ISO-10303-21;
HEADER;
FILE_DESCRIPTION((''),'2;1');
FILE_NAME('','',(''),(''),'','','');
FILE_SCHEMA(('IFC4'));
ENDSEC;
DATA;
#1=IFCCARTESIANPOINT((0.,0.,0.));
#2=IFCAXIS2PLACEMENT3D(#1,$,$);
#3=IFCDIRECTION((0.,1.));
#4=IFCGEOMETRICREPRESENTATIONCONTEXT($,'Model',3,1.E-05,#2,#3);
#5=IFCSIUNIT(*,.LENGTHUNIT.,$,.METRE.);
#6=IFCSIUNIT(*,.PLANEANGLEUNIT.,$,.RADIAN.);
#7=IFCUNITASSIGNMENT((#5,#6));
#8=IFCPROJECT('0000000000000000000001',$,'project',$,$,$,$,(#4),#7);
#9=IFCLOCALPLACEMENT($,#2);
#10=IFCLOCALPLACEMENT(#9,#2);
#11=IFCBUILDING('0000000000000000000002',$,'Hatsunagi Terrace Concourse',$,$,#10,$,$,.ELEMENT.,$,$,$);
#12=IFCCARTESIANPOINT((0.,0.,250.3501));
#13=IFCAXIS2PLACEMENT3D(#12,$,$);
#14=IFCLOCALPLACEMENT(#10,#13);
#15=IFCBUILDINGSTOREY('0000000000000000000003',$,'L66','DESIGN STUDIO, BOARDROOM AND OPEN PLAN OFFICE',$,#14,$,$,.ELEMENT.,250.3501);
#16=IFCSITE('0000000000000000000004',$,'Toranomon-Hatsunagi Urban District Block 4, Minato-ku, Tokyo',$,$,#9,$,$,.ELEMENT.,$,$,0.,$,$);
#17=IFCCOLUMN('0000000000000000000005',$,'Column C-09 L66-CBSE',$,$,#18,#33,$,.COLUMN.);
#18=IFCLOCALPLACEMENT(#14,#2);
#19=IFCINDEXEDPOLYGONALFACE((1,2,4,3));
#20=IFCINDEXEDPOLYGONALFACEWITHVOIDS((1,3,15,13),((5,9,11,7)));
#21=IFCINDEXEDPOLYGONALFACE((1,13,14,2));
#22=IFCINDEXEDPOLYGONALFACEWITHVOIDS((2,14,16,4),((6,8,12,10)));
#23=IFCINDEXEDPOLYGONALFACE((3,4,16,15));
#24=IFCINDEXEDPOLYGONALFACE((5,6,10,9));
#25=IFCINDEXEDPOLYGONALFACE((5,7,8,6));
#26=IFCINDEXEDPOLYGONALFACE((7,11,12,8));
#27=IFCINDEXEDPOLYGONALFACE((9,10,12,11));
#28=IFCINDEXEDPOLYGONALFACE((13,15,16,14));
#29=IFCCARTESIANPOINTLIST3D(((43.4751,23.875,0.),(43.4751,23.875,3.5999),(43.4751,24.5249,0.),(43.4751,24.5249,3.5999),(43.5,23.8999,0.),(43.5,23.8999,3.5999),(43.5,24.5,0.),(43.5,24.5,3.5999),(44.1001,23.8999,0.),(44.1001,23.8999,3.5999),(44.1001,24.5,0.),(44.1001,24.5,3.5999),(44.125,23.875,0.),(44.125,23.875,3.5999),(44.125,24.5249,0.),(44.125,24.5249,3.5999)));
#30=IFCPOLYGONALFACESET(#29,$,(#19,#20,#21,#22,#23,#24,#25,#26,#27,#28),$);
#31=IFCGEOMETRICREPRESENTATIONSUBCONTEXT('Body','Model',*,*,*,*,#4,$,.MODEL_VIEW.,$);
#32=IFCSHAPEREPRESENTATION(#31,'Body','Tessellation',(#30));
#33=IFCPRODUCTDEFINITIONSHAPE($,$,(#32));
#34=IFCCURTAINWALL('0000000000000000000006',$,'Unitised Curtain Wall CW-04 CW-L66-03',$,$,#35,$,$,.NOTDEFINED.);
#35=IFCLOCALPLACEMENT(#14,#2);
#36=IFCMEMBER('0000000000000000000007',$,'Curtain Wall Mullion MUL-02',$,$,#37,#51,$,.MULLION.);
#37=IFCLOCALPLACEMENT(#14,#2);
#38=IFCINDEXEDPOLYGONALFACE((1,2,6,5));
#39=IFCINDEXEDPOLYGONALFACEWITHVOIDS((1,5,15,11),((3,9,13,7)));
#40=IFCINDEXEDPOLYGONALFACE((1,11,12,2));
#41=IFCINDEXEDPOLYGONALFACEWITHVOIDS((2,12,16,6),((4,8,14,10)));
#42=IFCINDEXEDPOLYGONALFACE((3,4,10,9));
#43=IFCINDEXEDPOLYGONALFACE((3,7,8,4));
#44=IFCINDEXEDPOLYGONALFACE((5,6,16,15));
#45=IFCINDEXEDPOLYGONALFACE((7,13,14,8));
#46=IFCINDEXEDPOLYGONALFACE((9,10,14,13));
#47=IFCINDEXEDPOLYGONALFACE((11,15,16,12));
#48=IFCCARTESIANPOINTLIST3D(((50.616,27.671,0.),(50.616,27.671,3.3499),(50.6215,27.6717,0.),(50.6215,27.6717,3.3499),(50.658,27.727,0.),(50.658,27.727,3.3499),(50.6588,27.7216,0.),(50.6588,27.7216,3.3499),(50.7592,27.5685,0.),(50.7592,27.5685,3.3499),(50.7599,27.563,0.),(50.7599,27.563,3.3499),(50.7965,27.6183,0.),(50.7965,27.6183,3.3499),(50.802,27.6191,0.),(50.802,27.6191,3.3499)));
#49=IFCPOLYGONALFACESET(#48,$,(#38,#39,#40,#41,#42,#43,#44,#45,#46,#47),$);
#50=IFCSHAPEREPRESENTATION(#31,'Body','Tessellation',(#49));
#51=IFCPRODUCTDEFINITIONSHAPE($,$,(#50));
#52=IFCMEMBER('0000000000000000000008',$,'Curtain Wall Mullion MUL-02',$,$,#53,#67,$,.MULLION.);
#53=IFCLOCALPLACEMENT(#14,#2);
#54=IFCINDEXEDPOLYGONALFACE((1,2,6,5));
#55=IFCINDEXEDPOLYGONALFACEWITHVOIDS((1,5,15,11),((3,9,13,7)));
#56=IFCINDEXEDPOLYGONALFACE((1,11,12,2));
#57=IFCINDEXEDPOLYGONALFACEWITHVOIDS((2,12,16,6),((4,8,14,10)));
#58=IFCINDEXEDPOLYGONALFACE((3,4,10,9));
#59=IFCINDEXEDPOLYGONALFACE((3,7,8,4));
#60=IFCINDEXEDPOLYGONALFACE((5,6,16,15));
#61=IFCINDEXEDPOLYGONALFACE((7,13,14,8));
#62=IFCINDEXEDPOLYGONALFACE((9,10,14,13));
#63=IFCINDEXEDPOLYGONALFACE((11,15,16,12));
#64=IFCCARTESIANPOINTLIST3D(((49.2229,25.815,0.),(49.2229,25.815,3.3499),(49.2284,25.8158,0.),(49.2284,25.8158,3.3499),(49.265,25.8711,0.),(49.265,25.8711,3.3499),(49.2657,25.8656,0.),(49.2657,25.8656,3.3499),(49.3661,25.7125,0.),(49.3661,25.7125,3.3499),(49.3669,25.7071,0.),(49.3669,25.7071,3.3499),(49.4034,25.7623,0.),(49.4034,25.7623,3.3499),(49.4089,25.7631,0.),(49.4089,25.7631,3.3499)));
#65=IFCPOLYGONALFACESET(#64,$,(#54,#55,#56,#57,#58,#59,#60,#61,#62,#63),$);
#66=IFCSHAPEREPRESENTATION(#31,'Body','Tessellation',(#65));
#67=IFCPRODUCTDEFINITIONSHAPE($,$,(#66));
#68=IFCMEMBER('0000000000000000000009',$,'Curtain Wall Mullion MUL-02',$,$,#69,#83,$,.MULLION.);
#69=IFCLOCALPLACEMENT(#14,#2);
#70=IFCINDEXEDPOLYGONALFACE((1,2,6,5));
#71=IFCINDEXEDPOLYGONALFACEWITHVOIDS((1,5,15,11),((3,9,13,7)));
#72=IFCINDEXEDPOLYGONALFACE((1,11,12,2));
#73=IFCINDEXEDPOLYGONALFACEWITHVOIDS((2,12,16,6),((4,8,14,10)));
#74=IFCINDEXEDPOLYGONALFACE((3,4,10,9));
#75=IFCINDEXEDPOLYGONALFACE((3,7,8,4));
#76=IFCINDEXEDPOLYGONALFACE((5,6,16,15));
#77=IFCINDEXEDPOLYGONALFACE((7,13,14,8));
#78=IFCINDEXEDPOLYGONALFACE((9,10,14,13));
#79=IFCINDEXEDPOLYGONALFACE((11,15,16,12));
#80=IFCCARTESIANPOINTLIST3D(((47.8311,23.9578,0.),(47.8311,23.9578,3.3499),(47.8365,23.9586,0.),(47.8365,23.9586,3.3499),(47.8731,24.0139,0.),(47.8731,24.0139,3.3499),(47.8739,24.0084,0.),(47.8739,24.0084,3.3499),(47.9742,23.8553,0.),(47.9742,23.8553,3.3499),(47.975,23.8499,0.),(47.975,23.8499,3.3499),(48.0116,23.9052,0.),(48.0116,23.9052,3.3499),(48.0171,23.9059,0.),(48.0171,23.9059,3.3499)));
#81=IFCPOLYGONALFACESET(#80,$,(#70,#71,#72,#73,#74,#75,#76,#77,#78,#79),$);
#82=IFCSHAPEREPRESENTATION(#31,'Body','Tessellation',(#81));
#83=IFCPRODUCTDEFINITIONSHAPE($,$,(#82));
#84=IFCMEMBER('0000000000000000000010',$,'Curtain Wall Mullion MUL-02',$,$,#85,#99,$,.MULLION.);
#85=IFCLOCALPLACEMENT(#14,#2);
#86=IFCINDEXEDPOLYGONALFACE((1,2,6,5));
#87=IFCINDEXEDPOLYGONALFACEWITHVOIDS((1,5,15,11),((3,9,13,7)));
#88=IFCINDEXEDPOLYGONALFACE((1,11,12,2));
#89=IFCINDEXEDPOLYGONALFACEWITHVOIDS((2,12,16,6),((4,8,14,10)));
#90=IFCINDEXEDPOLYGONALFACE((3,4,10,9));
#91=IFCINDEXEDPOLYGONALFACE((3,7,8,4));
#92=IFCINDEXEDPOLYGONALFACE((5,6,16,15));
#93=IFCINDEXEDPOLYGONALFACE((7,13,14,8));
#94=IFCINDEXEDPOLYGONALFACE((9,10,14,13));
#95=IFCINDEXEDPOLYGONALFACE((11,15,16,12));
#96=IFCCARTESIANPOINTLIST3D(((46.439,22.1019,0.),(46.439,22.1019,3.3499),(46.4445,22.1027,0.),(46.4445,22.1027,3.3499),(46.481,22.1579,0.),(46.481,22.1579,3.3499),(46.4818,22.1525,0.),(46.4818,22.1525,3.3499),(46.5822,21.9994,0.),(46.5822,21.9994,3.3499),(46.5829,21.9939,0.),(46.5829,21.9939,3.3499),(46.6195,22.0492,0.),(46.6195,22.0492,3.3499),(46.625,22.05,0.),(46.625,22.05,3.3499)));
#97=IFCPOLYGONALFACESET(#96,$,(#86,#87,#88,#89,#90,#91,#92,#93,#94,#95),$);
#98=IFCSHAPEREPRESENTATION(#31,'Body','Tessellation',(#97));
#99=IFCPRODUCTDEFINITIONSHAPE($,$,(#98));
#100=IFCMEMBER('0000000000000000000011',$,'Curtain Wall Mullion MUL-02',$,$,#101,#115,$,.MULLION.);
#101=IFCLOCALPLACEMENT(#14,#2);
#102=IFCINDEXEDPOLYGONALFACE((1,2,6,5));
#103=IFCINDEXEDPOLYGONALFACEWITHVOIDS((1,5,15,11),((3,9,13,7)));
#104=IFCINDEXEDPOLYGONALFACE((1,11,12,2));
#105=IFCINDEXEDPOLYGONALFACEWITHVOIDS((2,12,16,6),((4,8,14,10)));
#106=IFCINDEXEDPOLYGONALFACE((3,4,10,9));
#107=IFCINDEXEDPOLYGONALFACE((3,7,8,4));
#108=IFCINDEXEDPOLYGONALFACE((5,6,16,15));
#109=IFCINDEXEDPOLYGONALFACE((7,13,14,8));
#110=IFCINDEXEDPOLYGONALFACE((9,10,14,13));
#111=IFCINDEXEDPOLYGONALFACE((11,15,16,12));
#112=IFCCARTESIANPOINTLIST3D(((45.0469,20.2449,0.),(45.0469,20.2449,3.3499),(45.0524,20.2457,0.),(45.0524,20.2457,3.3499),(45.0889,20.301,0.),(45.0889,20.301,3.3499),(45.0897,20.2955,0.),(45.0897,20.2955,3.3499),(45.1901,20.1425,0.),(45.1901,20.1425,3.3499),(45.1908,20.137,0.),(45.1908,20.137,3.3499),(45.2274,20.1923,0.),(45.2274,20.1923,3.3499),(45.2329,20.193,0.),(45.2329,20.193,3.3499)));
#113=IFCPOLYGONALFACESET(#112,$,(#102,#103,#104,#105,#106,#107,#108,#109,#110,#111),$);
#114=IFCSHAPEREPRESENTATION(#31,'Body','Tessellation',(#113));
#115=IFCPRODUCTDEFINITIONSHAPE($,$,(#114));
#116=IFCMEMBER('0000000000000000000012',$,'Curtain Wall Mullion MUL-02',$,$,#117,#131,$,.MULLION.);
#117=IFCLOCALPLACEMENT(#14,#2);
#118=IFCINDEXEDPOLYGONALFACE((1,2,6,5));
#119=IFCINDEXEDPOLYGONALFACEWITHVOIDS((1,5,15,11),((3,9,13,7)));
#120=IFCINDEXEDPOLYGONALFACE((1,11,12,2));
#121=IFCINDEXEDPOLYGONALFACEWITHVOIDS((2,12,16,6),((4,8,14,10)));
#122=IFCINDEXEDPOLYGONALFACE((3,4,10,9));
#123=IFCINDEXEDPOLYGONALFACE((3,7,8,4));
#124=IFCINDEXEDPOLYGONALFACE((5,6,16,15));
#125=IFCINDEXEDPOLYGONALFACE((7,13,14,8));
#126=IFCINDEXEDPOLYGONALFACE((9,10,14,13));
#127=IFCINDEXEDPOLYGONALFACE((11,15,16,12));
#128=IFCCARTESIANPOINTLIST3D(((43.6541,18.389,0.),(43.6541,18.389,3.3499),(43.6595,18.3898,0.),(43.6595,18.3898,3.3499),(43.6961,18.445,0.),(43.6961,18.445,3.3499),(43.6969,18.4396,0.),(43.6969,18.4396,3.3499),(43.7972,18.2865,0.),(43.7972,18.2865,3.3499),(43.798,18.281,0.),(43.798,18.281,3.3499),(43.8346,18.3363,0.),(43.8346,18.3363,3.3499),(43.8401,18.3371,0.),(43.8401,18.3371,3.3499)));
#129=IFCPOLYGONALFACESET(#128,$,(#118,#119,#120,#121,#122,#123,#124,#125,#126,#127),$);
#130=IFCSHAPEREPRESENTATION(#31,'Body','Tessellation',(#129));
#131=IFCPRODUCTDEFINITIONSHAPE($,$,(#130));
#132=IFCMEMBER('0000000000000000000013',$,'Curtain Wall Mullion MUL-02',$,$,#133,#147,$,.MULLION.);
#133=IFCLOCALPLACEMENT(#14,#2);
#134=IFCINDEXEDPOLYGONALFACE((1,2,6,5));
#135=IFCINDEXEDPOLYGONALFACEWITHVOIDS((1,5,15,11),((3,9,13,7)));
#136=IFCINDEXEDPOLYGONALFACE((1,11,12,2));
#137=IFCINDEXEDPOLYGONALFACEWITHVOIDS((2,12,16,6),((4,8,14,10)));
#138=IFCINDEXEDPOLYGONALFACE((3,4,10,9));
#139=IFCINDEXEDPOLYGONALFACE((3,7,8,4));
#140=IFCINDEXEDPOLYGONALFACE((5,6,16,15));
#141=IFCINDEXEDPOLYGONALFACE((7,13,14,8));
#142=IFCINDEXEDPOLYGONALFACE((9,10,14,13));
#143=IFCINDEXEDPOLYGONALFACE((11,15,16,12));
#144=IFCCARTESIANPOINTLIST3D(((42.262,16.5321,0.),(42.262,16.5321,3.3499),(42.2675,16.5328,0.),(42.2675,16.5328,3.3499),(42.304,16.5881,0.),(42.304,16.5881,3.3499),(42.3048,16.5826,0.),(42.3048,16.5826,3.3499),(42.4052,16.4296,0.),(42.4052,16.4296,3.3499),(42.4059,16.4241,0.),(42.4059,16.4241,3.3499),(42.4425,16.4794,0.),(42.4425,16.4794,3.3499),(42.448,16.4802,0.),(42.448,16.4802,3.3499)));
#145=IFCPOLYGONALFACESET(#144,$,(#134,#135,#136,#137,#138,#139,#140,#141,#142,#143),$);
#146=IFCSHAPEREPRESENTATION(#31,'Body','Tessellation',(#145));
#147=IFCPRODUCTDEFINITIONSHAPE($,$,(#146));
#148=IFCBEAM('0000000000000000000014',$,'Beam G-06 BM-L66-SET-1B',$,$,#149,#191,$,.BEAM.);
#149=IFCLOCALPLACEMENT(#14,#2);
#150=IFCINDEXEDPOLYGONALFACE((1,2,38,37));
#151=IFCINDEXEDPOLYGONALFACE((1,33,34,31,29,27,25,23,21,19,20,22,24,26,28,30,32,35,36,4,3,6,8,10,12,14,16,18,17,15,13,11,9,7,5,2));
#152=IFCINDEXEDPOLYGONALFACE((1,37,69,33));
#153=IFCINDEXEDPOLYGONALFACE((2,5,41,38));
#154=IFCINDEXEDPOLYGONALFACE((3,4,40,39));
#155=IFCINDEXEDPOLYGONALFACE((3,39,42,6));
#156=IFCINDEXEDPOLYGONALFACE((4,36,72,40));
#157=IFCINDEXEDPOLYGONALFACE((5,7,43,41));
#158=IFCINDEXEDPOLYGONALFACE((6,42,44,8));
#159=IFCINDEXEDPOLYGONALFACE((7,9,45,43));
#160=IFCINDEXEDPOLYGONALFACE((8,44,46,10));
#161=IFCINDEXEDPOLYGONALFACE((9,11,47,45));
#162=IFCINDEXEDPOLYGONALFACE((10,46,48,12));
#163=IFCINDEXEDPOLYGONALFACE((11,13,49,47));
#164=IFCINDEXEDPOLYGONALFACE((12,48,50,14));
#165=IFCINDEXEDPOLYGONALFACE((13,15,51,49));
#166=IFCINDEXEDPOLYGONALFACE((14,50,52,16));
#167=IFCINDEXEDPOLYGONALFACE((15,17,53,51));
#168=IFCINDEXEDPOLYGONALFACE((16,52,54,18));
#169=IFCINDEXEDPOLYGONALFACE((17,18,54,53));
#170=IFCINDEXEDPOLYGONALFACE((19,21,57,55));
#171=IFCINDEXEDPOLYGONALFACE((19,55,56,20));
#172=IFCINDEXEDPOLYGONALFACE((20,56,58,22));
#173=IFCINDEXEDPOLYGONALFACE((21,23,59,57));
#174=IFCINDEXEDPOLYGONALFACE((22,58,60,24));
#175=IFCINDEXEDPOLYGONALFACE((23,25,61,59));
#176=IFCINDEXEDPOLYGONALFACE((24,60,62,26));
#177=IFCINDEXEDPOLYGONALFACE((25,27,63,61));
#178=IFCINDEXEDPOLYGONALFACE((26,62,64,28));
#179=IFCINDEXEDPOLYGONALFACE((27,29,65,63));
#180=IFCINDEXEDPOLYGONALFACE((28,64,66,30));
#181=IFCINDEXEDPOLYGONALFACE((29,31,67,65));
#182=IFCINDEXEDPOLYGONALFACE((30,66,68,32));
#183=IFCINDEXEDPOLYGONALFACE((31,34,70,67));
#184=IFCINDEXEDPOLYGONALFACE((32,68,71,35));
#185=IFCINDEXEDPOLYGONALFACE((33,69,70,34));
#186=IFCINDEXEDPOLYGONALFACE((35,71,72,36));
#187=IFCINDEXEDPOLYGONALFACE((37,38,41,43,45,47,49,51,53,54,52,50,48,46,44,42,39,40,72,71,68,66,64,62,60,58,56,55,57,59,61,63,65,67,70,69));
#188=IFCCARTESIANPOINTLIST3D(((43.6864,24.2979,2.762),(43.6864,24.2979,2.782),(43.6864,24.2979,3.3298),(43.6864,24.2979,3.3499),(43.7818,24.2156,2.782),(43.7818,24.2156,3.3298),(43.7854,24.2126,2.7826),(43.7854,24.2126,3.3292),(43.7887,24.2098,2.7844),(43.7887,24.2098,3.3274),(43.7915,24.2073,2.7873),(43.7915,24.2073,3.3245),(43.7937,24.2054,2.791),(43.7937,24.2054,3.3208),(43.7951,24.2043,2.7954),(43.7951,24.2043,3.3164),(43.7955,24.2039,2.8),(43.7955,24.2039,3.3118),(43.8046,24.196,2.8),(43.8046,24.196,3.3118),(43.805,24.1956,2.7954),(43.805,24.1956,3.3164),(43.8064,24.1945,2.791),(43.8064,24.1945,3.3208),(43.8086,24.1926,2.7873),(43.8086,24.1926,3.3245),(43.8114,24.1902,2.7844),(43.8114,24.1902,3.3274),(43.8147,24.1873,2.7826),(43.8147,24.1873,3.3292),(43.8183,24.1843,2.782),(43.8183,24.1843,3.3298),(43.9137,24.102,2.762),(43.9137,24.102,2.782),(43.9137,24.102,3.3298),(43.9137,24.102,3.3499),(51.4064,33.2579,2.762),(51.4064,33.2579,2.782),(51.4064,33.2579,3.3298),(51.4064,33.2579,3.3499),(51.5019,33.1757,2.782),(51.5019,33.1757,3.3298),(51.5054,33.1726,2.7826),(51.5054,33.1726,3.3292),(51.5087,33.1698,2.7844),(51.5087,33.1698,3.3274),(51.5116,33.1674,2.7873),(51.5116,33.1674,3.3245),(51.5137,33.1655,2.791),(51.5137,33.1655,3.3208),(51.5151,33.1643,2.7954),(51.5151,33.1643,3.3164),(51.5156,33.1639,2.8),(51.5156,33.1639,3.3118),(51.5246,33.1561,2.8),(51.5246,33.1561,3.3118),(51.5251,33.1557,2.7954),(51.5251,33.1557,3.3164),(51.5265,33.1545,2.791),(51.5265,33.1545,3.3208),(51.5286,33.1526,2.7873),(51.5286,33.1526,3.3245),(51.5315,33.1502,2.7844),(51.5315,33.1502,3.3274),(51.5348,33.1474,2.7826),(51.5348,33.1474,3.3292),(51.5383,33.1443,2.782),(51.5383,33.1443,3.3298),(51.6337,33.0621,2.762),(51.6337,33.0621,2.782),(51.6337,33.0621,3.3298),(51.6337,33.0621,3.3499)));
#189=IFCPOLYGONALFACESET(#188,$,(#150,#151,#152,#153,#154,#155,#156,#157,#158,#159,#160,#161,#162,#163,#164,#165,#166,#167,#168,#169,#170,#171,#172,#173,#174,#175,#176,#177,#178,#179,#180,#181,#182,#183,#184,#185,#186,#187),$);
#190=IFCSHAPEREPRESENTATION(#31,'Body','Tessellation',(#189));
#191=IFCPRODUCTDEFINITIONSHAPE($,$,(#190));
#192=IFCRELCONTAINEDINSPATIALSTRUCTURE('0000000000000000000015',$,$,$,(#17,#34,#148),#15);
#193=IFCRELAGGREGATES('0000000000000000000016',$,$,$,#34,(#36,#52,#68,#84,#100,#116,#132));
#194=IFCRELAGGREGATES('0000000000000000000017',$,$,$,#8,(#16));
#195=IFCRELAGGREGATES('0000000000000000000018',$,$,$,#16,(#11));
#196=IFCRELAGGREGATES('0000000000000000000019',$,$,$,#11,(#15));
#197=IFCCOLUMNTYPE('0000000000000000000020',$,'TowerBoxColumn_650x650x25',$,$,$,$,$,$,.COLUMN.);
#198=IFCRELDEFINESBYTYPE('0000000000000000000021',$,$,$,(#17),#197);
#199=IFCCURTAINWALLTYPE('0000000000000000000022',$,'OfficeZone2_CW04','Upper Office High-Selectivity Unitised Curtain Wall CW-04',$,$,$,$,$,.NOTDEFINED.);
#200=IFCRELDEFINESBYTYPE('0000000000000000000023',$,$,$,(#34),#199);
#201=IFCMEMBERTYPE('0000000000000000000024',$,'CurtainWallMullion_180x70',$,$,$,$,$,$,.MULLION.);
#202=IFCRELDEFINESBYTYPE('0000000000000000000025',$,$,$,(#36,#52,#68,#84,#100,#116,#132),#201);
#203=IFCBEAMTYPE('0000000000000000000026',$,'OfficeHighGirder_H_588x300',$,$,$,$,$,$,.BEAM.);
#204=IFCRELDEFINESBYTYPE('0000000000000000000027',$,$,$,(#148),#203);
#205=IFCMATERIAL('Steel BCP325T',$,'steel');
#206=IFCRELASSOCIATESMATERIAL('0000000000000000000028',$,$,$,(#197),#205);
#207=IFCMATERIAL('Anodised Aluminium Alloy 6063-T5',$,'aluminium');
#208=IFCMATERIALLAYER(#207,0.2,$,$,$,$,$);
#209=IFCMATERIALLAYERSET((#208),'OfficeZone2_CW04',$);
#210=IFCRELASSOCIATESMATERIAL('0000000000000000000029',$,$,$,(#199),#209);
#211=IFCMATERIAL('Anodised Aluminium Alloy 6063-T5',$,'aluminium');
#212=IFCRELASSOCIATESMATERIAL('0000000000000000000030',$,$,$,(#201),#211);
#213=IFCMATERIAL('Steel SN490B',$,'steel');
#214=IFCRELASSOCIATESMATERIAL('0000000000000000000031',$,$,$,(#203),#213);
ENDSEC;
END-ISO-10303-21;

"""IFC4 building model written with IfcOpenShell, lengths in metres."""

from ifc_helpers import new_model, si_unit, direction, frame, origin, origin_2d, place, context, subcontext, project, spatial, hollow_rectangle, i_section, extrude, material, layer, layer_set, material_profile, profile_set, type_object, element, aggregate, save


model = new_model("IFC4")

# Units and contexts
model_context = context("Model", 3, precision=1e-05, world=origin(), true_north=direction((0.0, 1.0)))
body_context = subcontext(model_context, "Body", "Model", "MODEL_VIEW")
ifc_project = project(units=[si_unit("LENGTHUNIT", "METRE"), si_unit("PLANEANGLEUNIT", "RADIAN")], contexts=[model_context])

# Site, building, storey
site_placement = place(None, origin())
site = spatial("IfcSite", under=ifc_project, at=site_placement, Name="Toranomon-Hatsunagi Urban District Block 4, Minato-ku, Tokyo", CompositionType="ELEMENT", RefElevation=0.0)
building_placement = place(site_placement, origin())
building = spatial("IfcBuilding", under=site, at=building_placement, Name="Hatsunagi Terrace Concourse", CompositionType="ELEMENT")
storey_placement = place(building_placement, frame((0.0, 0.0, 250.3501)))
storey = spatial("IfcBuildingStorey", under=building, at=storey_placement, Name="L66", Description="DESIGN STUDIO, BOARDROOM AND OPEN PLAN OFFICE", CompositionType="ELEMENT", Elevation=250.3501)

# Column
ifc_material_1 = material(Name="Steel BCP325T", Category="steel")
ifc_material_profile_1 = material_profile(ifc_material_1, hollow_rectangle(XDim=0.6499, YDim=0.6499, WallThickness=0.0249, at=origin_2d()), Name="BCP-650x650x25")
ifc_profile_set_1 = profile_set([ifc_material_profile_1], Name="Steel BCP325T")
column_type = type_object("IfcColumnType", Name="TowerBoxColumn_650x650x25", PredefinedType="COLUMN", material=ifc_profile_set_1)
column_placement = place(storey_placement, frame((43.8, 24.2, 0.0), z_axis=(0.0, 0.0, 1.0), x_axis=(1.0, 0.0, 0.0)))
element("IfcColumn", 1, at=column_placement, inside=storey, type_object=column_type, Name="Column C-09 L66-CBSE", PredefinedType="COLUMN", context=body_context, shape_type="SweptSolid", body=[
    extrude(hollow_rectangle(XDim=0.6499, YDim=0.6499, WallThickness=0.0249, at=origin_2d()), origin(), (0.0, 0.0, 1.0), 3.5999),
])

# Curtain wall, members
ifc_material_2 = material(Name="Anodised Aluminium Alloy 6063-T5", Category="aluminium")
ifc_layer_1 = layer(ifc_material_2, 0.2)
ifc_layer_set_1 = layer_set([ifc_layer_1], Name="OfficeZone2_CW04")
curtain_wall_type = type_object("IfcCurtainWallType", Name="OfficeZone2_CW04", Description="Upper Office High-Selectivity Unitised Curtain Wall CW-04", PredefinedType="NOTDEFINED", material=ifc_layer_set_1)
curtain_wall_placement = place(storey_placement, origin())
curtain_wall = element("IfcCurtainWall", 2, at=curtain_wall_placement, inside=storey, type_object=curtain_wall_type, Name="Unitised Curtain Wall CW-04 CW-L66-03", PredefinedType="NOTDEFINED")
ifc_material_3 = material(Name="Anodised Aluminium Alloy 6063-T5", Category="aluminium")
ifc_material_profile_2 = material_profile(ifc_material_3, hollow_rectangle(XDim=0.0701, YDim=0.1799, WallThickness=0.0039, at=origin_2d()), Name="ALU-MUL-180x70x4")
ifc_profile_set_2 = profile_set([ifc_material_profile_2], Name="Anodised Aluminium Alloy 6063-T5")
member_type = type_object("IfcMemberType", Name="CurtainWallMullion_180x70", PredefinedType="MULLION", material=ifc_profile_set_2)
member_1_placement = place(storey_placement, frame((50.709, 27.645, 0.0), z_axis=(0.0, 0.0, 1.0), x_axis=(-0.599969, -0.800023, 0.0)))
member_1 = element("IfcMember", 3, at=member_1_placement, type_object=member_type, Name="Curtain Wall Mullion MUL-02", PredefinedType="MULLION", context=body_context, shape_type="SweptSolid", body=[
    extrude(hollow_rectangle(XDim=0.0701, YDim=0.1799, WallThickness=0.0039, at=origin_2d()), origin(), (0.0, 0.0, 1.0), 3.3499),
])
member_2_placement = place(storey_placement, frame((49.3159, 25.7891, 0.0), z_axis=(0.0, 0.0, 1.0), x_axis=(-0.599969, -0.800023, 0.0)))
member_2 = element("IfcMember", 4, at=member_2_placement, type_object=member_type, Name="Curtain Wall Mullion MUL-02", PredefinedType="MULLION", context=body_context, shape_type="SweptSolid", body=[
    extrude(hollow_rectangle(XDim=0.0701, YDim=0.1799, WallThickness=0.0039, at=origin_2d()), origin(), (0.0, 0.0, 1.0), 3.3499),
])
member_3_placement = place(storey_placement, frame((47.9241, 23.9319, 0.0), z_axis=(0.0, 0.0, 1.0), x_axis=(-0.599969, -0.800023, 0.0)))
member_3 = element("IfcMember", 5, at=member_3_placement, type_object=member_type, Name="Curtain Wall Mullion MUL-02", PredefinedType="MULLION", context=body_context, shape_type="SweptSolid", body=[
    extrude(hollow_rectangle(XDim=0.0701, YDim=0.1799, WallThickness=0.0039, at=origin_2d()), origin(), (0.0, 0.0, 1.0), 3.3499),
])
member_4_placement = place(storey_placement, frame((46.532, 22.0759, 0.0), z_axis=(0.0, 0.0, 1.0), x_axis=(-0.599969, -0.800023, 0.0)))
member_4 = element("IfcMember", 6, at=member_4_placement, type_object=member_type, Name="Curtain Wall Mullion MUL-02", PredefinedType="MULLION", context=body_context, shape_type="SweptSolid", body=[
    extrude(hollow_rectangle(XDim=0.0701, YDim=0.1799, WallThickness=0.0039, at=origin_2d()), origin(), (0.0, 0.0, 1.0), 3.3499),
])
member_5_placement = place(storey_placement, frame((45.1399, 20.219, 0.0), z_axis=(0.0, 0.0, 1.0), x_axis=(-0.599969, -0.800023, 0.0)))
member_5 = element("IfcMember", 7, at=member_5_placement, type_object=member_type, Name="Curtain Wall Mullion MUL-02", PredefinedType="MULLION", context=body_context, shape_type="SweptSolid", body=[
    extrude(hollow_rectangle(XDim=0.0701, YDim=0.1799, WallThickness=0.0039, at=origin_2d()), origin(), (0.0, 0.0, 1.0), 3.3499),
])
member_6_placement = place(storey_placement, frame((43.7471, 18.363, 0.0), z_axis=(0.0, 0.0, 1.0), x_axis=(-0.599969, -0.800023, 0.0)))
member_6 = element("IfcMember", 8, at=member_6_placement, type_object=member_type, Name="Curtain Wall Mullion MUL-02", PredefinedType="MULLION", context=body_context, shape_type="SweptSolid", body=[
    extrude(hollow_rectangle(XDim=0.0701, YDim=0.1799, WallThickness=0.0039, at=origin_2d()), origin(), (0.0, 0.0, 1.0), 3.3499),
])
member_7_placement = place(storey_placement, frame((42.355, 16.5061, 0.0), z_axis=(0.0, 0.0, 1.0), x_axis=(-0.599969, -0.800023, 0.0)))
member_7 = element("IfcMember", 9, at=member_7_placement, type_object=member_type, Name="Curtain Wall Mullion MUL-02", PredefinedType="MULLION", context=body_context, shape_type="SweptSolid", body=[
    extrude(hollow_rectangle(XDim=0.0701, YDim=0.1799, WallThickness=0.0039, at=origin_2d()), origin(), (0.0, 0.0, 1.0), 3.3499),
])

# Beam
ifc_material_4 = material(Name="Steel SN490B", Category="steel")
ifc_material_profile_3 = material_profile(ifc_material_4, i_section(OverallWidth=0.3, OverallDepth=0.5879, WebThickness=0.012, FlangeThickness=0.02, FilletRadius=0.0181, at=origin_2d()), Name="H-588x300x12x20")
ifc_profile_set_3 = profile_set([ifc_material_profile_3], Name="Steel SN490B")
beam_type = type_object("IfcBeamType", Name="OfficeHighGirder_H_588x300", PredefinedType="BEAM", material=ifc_profile_set_3)
beam_placement = place(storey_placement, frame((43.8, 24.2, 3.0559), z_axis=(0.652739, 0.757583, 0.0), x_axis=(-0.757583, 0.652739, 0.0)))
element("IfcBeam", 10, at=beam_placement, inside=storey, type_object=beam_type, Name="Beam G-06 BM-L66-SET-1B", PredefinedType="BEAM", context=body_context, shape_type="SweptSolid", body=[
    extrude(i_section(OverallWidth=0.3, OverallDepth=0.5879, WebThickness=0.012, FlangeThickness=0.02, FilletRadius=0.0181, at=origin_2d()), origin(), (0.0, 0.0, 1.0), 11.8271),
])

aggregate(curtain_wall, [member_1, member_2, member_3, member_4, member_5, member_6, member_7])

save(model, "model.ifc")
